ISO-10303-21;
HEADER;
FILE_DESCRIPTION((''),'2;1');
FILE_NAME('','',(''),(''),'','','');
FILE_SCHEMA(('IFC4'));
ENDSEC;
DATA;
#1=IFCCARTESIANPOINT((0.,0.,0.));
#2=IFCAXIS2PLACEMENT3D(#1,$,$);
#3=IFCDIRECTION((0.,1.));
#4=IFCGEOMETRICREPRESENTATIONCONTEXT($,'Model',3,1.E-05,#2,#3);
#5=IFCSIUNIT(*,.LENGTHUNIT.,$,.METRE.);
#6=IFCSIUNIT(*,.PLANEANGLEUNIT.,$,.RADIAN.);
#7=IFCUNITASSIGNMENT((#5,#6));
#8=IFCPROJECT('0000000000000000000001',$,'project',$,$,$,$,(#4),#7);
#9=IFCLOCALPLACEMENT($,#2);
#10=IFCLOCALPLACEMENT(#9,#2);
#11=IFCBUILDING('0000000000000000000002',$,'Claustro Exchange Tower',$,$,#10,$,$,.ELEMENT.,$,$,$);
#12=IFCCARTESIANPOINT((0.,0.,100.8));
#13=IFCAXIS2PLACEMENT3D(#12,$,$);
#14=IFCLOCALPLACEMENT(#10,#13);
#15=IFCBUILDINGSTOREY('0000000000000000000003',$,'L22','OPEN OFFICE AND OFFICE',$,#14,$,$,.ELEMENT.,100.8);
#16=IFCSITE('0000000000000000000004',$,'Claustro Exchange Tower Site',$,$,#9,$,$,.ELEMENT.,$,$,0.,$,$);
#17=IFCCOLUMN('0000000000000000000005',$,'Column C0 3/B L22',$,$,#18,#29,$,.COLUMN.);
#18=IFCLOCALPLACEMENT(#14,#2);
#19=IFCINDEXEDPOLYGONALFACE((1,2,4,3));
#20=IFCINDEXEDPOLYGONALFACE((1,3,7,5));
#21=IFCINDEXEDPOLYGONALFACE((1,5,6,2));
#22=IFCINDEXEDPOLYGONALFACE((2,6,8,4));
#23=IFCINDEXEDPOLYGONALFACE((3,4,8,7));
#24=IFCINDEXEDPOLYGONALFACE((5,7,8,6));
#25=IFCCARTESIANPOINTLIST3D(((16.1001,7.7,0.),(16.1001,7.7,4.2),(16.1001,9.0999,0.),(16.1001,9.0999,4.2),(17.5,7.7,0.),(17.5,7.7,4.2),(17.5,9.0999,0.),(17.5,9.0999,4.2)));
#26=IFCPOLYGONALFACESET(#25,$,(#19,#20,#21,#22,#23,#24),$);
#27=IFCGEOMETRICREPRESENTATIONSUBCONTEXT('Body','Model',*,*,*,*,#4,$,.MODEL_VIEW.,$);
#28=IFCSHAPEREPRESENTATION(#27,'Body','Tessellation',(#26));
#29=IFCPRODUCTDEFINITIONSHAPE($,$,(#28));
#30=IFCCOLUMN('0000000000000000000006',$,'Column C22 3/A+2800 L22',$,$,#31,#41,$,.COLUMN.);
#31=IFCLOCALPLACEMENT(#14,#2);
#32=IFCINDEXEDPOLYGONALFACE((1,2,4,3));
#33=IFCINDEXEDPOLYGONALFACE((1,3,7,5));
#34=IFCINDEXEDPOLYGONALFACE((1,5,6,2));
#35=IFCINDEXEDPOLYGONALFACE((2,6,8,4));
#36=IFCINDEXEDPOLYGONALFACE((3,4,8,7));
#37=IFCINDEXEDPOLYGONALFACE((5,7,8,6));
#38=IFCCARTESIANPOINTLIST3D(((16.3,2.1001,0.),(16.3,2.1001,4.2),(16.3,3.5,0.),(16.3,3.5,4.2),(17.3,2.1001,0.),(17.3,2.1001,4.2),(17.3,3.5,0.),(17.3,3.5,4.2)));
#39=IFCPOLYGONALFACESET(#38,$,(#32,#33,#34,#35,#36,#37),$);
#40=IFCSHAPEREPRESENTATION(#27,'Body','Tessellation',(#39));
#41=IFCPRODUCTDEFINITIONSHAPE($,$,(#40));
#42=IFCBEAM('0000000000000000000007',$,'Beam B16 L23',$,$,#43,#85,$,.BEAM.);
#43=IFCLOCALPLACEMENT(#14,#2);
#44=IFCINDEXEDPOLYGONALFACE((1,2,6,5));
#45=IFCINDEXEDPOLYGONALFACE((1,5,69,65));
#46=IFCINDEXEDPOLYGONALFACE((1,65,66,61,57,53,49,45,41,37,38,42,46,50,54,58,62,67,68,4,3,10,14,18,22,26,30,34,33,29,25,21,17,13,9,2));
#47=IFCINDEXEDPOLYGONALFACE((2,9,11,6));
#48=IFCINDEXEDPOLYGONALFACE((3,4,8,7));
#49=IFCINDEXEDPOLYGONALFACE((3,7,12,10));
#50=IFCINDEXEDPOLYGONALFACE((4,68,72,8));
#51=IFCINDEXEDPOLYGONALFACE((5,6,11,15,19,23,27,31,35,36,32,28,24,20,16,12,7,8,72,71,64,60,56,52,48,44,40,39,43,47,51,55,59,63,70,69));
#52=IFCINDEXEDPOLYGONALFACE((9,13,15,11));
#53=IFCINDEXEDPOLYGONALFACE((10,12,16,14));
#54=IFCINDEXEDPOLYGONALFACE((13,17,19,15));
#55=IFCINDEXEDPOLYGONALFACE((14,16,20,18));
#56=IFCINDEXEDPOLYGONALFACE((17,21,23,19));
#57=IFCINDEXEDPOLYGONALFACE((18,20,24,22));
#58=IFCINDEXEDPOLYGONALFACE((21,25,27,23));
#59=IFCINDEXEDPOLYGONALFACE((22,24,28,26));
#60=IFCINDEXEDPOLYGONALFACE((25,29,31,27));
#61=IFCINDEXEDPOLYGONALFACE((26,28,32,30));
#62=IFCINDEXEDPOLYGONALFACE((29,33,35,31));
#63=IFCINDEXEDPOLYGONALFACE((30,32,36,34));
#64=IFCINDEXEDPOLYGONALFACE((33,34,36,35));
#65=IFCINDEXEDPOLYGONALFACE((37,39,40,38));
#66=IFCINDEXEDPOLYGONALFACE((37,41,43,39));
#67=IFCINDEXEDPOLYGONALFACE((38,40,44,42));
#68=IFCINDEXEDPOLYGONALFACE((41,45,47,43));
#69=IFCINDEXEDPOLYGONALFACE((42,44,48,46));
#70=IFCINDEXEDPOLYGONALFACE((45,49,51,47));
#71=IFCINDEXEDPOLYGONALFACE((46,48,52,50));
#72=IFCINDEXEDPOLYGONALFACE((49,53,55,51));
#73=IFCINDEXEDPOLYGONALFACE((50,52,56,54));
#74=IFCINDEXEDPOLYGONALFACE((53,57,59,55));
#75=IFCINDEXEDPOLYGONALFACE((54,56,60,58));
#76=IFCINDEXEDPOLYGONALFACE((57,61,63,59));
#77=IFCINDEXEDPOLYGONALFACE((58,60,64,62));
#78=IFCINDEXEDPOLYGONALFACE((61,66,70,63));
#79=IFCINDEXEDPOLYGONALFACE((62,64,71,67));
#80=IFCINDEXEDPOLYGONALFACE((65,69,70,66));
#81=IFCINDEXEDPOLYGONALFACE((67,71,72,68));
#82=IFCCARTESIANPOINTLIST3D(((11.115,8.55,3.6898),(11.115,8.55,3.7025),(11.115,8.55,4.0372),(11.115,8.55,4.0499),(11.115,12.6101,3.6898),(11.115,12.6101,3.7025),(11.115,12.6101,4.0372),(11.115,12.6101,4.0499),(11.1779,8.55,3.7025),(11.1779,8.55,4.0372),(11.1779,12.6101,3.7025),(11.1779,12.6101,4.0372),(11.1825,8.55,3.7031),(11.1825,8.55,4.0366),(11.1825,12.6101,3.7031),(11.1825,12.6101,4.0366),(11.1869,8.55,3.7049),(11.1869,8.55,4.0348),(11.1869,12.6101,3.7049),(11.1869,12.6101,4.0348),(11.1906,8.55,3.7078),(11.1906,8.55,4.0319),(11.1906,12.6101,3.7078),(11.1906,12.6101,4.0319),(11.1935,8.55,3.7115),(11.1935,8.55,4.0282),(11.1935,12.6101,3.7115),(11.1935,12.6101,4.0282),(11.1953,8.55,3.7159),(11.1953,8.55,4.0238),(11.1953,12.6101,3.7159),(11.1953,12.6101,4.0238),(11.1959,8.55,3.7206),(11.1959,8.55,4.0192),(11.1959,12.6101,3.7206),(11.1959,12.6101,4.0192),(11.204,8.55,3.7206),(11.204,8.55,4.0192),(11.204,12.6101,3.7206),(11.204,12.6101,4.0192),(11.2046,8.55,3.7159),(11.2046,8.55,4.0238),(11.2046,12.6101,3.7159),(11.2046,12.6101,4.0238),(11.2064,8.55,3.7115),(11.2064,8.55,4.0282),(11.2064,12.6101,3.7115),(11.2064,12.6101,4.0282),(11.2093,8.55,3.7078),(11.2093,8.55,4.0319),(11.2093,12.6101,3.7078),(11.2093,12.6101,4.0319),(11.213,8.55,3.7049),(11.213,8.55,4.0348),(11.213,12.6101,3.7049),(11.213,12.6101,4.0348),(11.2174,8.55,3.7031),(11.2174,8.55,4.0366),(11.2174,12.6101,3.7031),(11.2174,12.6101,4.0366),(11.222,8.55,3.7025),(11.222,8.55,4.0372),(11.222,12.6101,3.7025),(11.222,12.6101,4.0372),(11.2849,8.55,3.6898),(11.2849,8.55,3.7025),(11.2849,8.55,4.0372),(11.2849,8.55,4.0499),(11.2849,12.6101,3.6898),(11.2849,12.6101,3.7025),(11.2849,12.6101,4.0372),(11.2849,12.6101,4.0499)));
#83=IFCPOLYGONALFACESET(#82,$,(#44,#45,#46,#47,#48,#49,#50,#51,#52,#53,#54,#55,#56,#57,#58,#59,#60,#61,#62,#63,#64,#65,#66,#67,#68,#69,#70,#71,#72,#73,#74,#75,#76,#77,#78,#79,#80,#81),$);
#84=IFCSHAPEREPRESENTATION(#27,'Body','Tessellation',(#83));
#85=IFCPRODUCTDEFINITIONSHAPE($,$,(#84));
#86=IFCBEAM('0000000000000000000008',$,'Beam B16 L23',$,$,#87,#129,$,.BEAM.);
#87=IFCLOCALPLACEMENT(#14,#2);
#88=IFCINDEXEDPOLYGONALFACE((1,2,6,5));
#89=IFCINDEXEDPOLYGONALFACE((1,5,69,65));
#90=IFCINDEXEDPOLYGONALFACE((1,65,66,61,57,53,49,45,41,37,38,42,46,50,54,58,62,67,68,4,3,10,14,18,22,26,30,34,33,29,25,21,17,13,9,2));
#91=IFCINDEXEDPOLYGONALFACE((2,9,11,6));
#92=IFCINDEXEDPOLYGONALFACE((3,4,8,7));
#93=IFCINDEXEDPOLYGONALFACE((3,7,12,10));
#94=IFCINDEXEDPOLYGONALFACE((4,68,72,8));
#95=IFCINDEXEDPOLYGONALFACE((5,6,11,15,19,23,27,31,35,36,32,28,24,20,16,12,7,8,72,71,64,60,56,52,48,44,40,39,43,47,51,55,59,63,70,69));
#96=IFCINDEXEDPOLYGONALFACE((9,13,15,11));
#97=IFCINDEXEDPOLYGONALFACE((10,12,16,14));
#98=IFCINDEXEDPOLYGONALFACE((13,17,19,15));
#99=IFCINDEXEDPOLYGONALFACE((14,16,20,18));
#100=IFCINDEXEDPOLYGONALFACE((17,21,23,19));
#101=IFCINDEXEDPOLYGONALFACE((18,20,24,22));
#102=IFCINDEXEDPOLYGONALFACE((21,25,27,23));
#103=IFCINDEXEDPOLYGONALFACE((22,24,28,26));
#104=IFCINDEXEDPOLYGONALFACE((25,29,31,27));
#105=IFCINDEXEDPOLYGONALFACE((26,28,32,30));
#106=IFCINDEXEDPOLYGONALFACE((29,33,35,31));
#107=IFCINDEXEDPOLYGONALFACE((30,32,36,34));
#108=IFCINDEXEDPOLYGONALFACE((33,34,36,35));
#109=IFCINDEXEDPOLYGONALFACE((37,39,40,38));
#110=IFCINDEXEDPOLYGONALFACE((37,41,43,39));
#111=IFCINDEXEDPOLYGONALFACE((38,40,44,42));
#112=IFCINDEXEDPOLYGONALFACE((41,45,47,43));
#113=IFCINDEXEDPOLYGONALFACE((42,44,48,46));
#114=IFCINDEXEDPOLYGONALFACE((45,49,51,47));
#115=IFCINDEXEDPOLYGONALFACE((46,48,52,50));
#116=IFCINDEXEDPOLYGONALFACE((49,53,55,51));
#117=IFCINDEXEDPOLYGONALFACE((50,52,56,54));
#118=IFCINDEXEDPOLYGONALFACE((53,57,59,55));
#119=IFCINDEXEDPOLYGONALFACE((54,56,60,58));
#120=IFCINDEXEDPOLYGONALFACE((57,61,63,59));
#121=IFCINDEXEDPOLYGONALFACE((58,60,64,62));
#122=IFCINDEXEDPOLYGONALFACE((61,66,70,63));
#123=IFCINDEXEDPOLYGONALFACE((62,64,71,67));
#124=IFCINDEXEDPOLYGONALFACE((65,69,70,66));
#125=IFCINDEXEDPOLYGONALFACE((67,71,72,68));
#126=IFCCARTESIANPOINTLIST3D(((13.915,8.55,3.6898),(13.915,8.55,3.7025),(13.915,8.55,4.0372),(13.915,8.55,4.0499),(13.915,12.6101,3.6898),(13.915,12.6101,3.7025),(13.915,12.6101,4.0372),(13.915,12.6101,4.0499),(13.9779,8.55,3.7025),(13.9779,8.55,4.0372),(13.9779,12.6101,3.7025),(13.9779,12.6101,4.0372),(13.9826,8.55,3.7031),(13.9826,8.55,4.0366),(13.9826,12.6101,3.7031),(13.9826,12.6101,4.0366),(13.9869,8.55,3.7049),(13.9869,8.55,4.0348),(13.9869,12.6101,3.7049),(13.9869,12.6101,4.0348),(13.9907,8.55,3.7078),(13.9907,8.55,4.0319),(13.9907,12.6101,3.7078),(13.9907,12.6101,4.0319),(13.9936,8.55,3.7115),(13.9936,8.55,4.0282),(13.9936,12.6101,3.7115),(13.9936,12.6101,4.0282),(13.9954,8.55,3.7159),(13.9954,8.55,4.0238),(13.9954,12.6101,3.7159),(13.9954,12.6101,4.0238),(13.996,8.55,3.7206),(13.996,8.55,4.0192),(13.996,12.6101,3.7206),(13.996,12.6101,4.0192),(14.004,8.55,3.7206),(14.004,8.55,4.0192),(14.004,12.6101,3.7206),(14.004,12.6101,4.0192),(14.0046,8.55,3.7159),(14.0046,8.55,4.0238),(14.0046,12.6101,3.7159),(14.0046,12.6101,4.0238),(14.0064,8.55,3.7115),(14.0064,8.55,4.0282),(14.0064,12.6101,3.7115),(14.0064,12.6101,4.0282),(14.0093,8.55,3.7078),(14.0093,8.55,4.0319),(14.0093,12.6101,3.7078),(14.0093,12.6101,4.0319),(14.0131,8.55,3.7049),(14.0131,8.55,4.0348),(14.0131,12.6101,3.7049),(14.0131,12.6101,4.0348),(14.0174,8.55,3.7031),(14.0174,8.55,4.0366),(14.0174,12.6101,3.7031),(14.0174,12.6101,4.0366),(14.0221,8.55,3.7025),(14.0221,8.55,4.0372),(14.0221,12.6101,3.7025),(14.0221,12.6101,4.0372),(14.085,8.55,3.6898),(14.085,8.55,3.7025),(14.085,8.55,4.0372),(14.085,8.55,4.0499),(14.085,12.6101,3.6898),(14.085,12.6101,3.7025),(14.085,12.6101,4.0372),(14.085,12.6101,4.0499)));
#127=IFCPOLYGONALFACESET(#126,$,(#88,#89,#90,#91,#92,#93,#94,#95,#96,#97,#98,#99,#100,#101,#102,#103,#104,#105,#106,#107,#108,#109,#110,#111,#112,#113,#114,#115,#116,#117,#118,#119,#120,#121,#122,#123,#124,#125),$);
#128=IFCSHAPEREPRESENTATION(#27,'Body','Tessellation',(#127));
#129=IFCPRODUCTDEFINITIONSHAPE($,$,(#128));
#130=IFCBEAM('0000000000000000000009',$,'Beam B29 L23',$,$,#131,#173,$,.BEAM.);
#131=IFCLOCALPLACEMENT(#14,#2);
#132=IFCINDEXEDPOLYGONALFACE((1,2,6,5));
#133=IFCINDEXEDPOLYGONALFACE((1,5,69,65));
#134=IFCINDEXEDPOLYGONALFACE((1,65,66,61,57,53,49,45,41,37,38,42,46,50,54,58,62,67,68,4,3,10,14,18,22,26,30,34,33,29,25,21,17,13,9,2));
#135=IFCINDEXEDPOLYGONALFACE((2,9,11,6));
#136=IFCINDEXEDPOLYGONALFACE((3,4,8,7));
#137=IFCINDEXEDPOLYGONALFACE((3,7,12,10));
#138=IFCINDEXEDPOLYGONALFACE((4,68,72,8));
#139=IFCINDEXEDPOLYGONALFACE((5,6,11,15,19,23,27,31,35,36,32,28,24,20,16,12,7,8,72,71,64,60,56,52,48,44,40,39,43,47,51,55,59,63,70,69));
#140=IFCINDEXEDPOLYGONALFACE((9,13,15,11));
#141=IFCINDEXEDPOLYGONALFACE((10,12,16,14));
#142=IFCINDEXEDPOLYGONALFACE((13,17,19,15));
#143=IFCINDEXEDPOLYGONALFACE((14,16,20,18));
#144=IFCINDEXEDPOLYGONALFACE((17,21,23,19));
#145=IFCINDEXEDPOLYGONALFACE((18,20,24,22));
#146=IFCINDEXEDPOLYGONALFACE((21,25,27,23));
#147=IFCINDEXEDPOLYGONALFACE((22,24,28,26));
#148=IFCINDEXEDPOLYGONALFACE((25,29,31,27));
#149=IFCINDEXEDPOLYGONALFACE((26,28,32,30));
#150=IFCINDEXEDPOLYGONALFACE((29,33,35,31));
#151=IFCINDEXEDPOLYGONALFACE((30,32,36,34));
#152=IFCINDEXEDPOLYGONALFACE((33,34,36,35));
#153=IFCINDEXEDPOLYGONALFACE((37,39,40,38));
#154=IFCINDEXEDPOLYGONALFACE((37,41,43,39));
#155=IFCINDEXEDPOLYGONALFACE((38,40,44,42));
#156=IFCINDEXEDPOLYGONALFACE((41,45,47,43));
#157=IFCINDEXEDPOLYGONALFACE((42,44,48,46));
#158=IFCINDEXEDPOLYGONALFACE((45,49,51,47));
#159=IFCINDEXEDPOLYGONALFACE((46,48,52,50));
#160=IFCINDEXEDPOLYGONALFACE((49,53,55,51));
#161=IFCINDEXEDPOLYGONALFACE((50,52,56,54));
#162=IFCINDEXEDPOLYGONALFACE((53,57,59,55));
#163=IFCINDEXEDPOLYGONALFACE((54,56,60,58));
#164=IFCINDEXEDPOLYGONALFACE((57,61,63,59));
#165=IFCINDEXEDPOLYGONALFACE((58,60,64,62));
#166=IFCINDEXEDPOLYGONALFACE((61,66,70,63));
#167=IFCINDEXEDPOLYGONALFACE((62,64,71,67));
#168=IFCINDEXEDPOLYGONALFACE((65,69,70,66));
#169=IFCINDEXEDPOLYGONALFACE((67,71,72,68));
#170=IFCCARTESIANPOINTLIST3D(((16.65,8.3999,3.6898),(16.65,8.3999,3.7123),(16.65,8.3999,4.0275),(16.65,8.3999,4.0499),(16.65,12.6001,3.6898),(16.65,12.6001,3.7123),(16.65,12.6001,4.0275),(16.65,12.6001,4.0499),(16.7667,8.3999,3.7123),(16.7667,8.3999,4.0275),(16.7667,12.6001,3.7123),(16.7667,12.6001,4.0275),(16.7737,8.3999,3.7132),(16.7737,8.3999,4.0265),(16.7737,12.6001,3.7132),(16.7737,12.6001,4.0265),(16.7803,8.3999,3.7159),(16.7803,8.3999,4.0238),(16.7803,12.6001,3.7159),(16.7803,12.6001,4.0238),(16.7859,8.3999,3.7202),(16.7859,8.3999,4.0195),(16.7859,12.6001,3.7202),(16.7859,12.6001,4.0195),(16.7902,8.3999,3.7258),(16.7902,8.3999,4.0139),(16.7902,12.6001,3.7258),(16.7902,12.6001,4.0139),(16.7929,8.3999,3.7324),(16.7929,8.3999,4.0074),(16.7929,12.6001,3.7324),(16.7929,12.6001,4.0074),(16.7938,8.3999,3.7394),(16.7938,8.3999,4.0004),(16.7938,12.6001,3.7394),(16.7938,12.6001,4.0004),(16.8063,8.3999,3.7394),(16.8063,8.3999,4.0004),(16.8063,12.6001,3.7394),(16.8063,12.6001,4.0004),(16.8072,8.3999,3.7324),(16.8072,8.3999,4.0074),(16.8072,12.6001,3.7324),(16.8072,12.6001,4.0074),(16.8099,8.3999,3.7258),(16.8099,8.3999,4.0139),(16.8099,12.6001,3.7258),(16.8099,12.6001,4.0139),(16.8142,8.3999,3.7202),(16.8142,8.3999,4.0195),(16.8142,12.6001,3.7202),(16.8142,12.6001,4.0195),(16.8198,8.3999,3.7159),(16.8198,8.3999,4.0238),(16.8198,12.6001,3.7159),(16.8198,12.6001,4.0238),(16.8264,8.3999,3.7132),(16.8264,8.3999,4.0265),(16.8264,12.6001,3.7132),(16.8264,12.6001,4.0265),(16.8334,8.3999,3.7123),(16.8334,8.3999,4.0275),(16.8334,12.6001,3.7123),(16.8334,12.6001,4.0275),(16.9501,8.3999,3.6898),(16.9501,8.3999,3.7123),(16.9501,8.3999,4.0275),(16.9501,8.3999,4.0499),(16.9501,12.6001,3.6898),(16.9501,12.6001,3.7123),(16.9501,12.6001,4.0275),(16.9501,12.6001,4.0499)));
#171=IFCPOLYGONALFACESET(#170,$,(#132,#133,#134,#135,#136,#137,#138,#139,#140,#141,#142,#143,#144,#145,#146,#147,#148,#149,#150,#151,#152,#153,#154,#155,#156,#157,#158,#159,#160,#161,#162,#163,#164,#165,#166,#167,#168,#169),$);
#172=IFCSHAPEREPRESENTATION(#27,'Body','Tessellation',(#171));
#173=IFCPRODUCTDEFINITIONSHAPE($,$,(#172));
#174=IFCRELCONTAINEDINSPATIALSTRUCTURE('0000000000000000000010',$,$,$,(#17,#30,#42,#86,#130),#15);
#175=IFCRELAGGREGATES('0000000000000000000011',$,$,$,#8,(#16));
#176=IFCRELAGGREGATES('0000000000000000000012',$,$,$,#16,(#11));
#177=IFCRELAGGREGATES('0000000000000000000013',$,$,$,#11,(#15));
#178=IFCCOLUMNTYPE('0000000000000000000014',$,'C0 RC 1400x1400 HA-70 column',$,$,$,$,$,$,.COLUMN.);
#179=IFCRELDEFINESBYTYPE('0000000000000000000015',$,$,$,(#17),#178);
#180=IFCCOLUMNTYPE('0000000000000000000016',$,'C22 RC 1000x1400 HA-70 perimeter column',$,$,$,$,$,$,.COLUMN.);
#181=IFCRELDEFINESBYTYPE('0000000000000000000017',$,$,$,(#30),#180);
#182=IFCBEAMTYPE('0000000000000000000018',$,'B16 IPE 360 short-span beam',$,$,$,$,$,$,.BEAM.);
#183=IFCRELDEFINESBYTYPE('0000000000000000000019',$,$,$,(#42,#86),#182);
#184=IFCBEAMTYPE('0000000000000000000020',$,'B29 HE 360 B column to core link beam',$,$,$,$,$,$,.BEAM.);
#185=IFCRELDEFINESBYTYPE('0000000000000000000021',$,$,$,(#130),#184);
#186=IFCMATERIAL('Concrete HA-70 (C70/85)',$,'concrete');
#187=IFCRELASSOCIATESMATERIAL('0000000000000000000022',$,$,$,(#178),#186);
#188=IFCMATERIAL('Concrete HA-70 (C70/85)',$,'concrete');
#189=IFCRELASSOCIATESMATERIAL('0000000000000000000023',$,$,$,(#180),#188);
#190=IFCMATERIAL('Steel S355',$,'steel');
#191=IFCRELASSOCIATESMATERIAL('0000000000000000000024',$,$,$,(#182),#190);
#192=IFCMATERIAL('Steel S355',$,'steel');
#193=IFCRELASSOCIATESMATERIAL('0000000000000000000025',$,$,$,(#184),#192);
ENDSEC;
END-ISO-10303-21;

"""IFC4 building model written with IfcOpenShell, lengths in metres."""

from ifc_helpers import new_model, si_unit, direction, frame, origin, origin_2d, place, context, subcontext, project, spatial, rectangle, i_section, extrude, material, material_profile, profile_set, type_object, element, save


model = new_model("IFC4")

# Units and contexts
model_context = context("Model", 3, precision=1e-05, world=origin(), true_north=direction((0.0, 1.0)))
body_context = subcontext(model_context, "Body", "Model", "MODEL_VIEW")
ifc_project = project(units=[si_unit("LENGTHUNIT", "METRE"), si_unit("PLANEANGLEUNIT", "RADIAN")], contexts=[model_context])

# Site, building, storey
site_placement = place(None, origin())
site = spatial("IfcSite", under=ifc_project, at=site_placement, Name="Claustro Exchange Tower Site", CompositionType="ELEMENT", RefElevation=0.0)
building_placement = place(site_placement, origin())
building = spatial("IfcBuilding", under=site, at=building_placement, Name="Claustro Exchange Tower", CompositionType="ELEMENT")
storey_placement = place(building_placement, frame((0.0, 0.0, 100.8)))
storey = spatial("IfcBuildingStorey", under=building, at=storey_placement, Name="L22", Description="OPEN OFFICE AND OFFICE", CompositionType="ELEMENT", Elevation=100.8)

# Columns
ifc_material_1 = material(Name="Concrete HA-70 (C70/85)", Category="concrete")
ifc_material_profile_1 = material_profile(ifc_material_1, rectangle(XDim=1.3999, YDim=1.3999, at=origin_2d()), Name="RC 1400x1400")
ifc_profile_set_1 = profile_set([ifc_material_profile_1], Name="Concrete HA-70 (C70/85)")
column_type_1 = type_object("IfcColumnType", Name="C0 RC 1400x1400 HA-70 column", PredefinedType="COLUMN", material=ifc_profile_set_1)
column_1_placement = place(storey_placement, frame((16.8, 8.3999, 0.0), z_axis=(0.0, 0.0, 1.0), x_axis=(1.0, 0.0, 0.0)))
element("IfcColumn", 1, at=column_1_placement, inside=storey, type_object=column_type_1, Name="Column C0 3/B L22", PredefinedType="COLUMN", context=body_context, shape_type="SweptSolid", body=[
    extrude(rectangle(XDim=1.3999, YDim=1.3999, at=origin_2d()), origin(), (0.0, 0.0, 1.0), 4.2),
])
ifc_material_2 = material(Name="Concrete HA-70 (C70/85)", Category="concrete")
ifc_material_profile_2 = material_profile(ifc_material_2, rectangle(XDim=1.0, YDim=1.3999, at=origin_2d()), Name="RC 1000x1400")
ifc_profile_set_2 = profile_set([ifc_material_profile_2], Name="Concrete HA-70 (C70/85)")
column_type_2 = type_object("IfcColumnType", Name="C22 RC 1000x1400 HA-70 perimeter column", PredefinedType="COLUMN", material=ifc_profile_set_2)
column_2_placement = place(storey_placement, frame((16.8, 2.8, 0.0), z_axis=(0.0, 0.0, 1.0), x_axis=(1.0, 0.0, 0.0)))
element("IfcColumn", 2, at=column_2_placement, inside=storey, type_object=column_type_2, Name="Column C22 3/A+2800 L22", PredefinedType="COLUMN", context=body_context, shape_type="SweptSolid", body=[
    extrude(rectangle(XDim=1.0, YDim=1.3999, at=origin_2d()), origin(), (0.0, 0.0, 1.0), 4.2),
])

# Beams
ifc_material_3 = material(Name="Steel S355", Category="steel")
ifc_material_profile_3 = material_profile(ifc_material_3, i_section(OverallWidth=0.1699, OverallDepth=0.3601, WebThickness=0.0081, FlangeThickness=0.0127, FilletRadius=0.0181, at=origin_2d()), Name="IPE 360")
ifc_profile_set_3 = profile_set([ifc_material_profile_3], Name="Steel S355")
beam_type_1 = type_object("IfcBeamType", Name="B16 IPE 360 short-span beam", PredefinedType="BEAM", material=ifc_profile_set_3)
for number, where, z_axis, x_axis, name in (
    (3, (11.2, 8.55, 3.8699), (0.0, 1.0, 0.0), (-1.0, 0.0, 0.0), "Beam B16 L23"),
    (4, (14.0, 8.55, 3.8699), (0.0, 1.0, 0.0), (-1.0, 0.0, 0.0), "Beam B16 L23"),
):
    element("IfcBeam", number, at=place(storey_placement, frame(where, z_axis=z_axis, x_axis=x_axis)), inside=storey, type_object=beam_type_1, Name=name, PredefinedType="BEAM", context=body_context, shape_type="SweptSolid", body=[
        extrude(i_section(OverallWidth=0.1699, OverallDepth=0.3601, WebThickness=0.0081, FlangeThickness=0.0127, FilletRadius=0.0181, at=origin_2d()), origin(), (0.0, 0.0, 1.0), 4.0601),
    ])
ifc_material_4 = material(Name="Steel S355", Category="steel")
ifc_material_profile_4 = material_profile(ifc_material_4, i_section(OverallWidth=0.3, OverallDepth=0.3601, WebThickness=0.0125, FlangeThickness=0.0225, FilletRadius=0.0271, at=origin_2d()), Name="HE 360 B")
ifc_profile_set_4 = profile_set([ifc_material_profile_4], Name="Steel S355")
beam_type_2 = type_object("IfcBeamType", Name="B29 HE 360 B column to core link beam", PredefinedType="BEAM", material=ifc_profile_set_4)
beam_1_placement = place(storey_placement, frame((16.8, 8.3999, 3.8699), z_axis=(0.0, 1.0, 0.0), x_axis=(-1.0, 0.0, 0.0)))
element("IfcBeam", 5, at=beam_1_placement, inside=storey, type_object=beam_type_2, Name="Beam B29 L23", PredefinedType="BEAM", context=body_context, shape_type="SweptSolid", body=[
    extrude(i_section(OverallWidth=0.3, OverallDepth=0.3601, WebThickness=0.0125, FlangeThickness=0.0225, FilletRadius=0.0271, at=origin_2d()), origin(), (0.0, 0.0, 1.0), 4.2002),
])

save(model, "model.ifc")
